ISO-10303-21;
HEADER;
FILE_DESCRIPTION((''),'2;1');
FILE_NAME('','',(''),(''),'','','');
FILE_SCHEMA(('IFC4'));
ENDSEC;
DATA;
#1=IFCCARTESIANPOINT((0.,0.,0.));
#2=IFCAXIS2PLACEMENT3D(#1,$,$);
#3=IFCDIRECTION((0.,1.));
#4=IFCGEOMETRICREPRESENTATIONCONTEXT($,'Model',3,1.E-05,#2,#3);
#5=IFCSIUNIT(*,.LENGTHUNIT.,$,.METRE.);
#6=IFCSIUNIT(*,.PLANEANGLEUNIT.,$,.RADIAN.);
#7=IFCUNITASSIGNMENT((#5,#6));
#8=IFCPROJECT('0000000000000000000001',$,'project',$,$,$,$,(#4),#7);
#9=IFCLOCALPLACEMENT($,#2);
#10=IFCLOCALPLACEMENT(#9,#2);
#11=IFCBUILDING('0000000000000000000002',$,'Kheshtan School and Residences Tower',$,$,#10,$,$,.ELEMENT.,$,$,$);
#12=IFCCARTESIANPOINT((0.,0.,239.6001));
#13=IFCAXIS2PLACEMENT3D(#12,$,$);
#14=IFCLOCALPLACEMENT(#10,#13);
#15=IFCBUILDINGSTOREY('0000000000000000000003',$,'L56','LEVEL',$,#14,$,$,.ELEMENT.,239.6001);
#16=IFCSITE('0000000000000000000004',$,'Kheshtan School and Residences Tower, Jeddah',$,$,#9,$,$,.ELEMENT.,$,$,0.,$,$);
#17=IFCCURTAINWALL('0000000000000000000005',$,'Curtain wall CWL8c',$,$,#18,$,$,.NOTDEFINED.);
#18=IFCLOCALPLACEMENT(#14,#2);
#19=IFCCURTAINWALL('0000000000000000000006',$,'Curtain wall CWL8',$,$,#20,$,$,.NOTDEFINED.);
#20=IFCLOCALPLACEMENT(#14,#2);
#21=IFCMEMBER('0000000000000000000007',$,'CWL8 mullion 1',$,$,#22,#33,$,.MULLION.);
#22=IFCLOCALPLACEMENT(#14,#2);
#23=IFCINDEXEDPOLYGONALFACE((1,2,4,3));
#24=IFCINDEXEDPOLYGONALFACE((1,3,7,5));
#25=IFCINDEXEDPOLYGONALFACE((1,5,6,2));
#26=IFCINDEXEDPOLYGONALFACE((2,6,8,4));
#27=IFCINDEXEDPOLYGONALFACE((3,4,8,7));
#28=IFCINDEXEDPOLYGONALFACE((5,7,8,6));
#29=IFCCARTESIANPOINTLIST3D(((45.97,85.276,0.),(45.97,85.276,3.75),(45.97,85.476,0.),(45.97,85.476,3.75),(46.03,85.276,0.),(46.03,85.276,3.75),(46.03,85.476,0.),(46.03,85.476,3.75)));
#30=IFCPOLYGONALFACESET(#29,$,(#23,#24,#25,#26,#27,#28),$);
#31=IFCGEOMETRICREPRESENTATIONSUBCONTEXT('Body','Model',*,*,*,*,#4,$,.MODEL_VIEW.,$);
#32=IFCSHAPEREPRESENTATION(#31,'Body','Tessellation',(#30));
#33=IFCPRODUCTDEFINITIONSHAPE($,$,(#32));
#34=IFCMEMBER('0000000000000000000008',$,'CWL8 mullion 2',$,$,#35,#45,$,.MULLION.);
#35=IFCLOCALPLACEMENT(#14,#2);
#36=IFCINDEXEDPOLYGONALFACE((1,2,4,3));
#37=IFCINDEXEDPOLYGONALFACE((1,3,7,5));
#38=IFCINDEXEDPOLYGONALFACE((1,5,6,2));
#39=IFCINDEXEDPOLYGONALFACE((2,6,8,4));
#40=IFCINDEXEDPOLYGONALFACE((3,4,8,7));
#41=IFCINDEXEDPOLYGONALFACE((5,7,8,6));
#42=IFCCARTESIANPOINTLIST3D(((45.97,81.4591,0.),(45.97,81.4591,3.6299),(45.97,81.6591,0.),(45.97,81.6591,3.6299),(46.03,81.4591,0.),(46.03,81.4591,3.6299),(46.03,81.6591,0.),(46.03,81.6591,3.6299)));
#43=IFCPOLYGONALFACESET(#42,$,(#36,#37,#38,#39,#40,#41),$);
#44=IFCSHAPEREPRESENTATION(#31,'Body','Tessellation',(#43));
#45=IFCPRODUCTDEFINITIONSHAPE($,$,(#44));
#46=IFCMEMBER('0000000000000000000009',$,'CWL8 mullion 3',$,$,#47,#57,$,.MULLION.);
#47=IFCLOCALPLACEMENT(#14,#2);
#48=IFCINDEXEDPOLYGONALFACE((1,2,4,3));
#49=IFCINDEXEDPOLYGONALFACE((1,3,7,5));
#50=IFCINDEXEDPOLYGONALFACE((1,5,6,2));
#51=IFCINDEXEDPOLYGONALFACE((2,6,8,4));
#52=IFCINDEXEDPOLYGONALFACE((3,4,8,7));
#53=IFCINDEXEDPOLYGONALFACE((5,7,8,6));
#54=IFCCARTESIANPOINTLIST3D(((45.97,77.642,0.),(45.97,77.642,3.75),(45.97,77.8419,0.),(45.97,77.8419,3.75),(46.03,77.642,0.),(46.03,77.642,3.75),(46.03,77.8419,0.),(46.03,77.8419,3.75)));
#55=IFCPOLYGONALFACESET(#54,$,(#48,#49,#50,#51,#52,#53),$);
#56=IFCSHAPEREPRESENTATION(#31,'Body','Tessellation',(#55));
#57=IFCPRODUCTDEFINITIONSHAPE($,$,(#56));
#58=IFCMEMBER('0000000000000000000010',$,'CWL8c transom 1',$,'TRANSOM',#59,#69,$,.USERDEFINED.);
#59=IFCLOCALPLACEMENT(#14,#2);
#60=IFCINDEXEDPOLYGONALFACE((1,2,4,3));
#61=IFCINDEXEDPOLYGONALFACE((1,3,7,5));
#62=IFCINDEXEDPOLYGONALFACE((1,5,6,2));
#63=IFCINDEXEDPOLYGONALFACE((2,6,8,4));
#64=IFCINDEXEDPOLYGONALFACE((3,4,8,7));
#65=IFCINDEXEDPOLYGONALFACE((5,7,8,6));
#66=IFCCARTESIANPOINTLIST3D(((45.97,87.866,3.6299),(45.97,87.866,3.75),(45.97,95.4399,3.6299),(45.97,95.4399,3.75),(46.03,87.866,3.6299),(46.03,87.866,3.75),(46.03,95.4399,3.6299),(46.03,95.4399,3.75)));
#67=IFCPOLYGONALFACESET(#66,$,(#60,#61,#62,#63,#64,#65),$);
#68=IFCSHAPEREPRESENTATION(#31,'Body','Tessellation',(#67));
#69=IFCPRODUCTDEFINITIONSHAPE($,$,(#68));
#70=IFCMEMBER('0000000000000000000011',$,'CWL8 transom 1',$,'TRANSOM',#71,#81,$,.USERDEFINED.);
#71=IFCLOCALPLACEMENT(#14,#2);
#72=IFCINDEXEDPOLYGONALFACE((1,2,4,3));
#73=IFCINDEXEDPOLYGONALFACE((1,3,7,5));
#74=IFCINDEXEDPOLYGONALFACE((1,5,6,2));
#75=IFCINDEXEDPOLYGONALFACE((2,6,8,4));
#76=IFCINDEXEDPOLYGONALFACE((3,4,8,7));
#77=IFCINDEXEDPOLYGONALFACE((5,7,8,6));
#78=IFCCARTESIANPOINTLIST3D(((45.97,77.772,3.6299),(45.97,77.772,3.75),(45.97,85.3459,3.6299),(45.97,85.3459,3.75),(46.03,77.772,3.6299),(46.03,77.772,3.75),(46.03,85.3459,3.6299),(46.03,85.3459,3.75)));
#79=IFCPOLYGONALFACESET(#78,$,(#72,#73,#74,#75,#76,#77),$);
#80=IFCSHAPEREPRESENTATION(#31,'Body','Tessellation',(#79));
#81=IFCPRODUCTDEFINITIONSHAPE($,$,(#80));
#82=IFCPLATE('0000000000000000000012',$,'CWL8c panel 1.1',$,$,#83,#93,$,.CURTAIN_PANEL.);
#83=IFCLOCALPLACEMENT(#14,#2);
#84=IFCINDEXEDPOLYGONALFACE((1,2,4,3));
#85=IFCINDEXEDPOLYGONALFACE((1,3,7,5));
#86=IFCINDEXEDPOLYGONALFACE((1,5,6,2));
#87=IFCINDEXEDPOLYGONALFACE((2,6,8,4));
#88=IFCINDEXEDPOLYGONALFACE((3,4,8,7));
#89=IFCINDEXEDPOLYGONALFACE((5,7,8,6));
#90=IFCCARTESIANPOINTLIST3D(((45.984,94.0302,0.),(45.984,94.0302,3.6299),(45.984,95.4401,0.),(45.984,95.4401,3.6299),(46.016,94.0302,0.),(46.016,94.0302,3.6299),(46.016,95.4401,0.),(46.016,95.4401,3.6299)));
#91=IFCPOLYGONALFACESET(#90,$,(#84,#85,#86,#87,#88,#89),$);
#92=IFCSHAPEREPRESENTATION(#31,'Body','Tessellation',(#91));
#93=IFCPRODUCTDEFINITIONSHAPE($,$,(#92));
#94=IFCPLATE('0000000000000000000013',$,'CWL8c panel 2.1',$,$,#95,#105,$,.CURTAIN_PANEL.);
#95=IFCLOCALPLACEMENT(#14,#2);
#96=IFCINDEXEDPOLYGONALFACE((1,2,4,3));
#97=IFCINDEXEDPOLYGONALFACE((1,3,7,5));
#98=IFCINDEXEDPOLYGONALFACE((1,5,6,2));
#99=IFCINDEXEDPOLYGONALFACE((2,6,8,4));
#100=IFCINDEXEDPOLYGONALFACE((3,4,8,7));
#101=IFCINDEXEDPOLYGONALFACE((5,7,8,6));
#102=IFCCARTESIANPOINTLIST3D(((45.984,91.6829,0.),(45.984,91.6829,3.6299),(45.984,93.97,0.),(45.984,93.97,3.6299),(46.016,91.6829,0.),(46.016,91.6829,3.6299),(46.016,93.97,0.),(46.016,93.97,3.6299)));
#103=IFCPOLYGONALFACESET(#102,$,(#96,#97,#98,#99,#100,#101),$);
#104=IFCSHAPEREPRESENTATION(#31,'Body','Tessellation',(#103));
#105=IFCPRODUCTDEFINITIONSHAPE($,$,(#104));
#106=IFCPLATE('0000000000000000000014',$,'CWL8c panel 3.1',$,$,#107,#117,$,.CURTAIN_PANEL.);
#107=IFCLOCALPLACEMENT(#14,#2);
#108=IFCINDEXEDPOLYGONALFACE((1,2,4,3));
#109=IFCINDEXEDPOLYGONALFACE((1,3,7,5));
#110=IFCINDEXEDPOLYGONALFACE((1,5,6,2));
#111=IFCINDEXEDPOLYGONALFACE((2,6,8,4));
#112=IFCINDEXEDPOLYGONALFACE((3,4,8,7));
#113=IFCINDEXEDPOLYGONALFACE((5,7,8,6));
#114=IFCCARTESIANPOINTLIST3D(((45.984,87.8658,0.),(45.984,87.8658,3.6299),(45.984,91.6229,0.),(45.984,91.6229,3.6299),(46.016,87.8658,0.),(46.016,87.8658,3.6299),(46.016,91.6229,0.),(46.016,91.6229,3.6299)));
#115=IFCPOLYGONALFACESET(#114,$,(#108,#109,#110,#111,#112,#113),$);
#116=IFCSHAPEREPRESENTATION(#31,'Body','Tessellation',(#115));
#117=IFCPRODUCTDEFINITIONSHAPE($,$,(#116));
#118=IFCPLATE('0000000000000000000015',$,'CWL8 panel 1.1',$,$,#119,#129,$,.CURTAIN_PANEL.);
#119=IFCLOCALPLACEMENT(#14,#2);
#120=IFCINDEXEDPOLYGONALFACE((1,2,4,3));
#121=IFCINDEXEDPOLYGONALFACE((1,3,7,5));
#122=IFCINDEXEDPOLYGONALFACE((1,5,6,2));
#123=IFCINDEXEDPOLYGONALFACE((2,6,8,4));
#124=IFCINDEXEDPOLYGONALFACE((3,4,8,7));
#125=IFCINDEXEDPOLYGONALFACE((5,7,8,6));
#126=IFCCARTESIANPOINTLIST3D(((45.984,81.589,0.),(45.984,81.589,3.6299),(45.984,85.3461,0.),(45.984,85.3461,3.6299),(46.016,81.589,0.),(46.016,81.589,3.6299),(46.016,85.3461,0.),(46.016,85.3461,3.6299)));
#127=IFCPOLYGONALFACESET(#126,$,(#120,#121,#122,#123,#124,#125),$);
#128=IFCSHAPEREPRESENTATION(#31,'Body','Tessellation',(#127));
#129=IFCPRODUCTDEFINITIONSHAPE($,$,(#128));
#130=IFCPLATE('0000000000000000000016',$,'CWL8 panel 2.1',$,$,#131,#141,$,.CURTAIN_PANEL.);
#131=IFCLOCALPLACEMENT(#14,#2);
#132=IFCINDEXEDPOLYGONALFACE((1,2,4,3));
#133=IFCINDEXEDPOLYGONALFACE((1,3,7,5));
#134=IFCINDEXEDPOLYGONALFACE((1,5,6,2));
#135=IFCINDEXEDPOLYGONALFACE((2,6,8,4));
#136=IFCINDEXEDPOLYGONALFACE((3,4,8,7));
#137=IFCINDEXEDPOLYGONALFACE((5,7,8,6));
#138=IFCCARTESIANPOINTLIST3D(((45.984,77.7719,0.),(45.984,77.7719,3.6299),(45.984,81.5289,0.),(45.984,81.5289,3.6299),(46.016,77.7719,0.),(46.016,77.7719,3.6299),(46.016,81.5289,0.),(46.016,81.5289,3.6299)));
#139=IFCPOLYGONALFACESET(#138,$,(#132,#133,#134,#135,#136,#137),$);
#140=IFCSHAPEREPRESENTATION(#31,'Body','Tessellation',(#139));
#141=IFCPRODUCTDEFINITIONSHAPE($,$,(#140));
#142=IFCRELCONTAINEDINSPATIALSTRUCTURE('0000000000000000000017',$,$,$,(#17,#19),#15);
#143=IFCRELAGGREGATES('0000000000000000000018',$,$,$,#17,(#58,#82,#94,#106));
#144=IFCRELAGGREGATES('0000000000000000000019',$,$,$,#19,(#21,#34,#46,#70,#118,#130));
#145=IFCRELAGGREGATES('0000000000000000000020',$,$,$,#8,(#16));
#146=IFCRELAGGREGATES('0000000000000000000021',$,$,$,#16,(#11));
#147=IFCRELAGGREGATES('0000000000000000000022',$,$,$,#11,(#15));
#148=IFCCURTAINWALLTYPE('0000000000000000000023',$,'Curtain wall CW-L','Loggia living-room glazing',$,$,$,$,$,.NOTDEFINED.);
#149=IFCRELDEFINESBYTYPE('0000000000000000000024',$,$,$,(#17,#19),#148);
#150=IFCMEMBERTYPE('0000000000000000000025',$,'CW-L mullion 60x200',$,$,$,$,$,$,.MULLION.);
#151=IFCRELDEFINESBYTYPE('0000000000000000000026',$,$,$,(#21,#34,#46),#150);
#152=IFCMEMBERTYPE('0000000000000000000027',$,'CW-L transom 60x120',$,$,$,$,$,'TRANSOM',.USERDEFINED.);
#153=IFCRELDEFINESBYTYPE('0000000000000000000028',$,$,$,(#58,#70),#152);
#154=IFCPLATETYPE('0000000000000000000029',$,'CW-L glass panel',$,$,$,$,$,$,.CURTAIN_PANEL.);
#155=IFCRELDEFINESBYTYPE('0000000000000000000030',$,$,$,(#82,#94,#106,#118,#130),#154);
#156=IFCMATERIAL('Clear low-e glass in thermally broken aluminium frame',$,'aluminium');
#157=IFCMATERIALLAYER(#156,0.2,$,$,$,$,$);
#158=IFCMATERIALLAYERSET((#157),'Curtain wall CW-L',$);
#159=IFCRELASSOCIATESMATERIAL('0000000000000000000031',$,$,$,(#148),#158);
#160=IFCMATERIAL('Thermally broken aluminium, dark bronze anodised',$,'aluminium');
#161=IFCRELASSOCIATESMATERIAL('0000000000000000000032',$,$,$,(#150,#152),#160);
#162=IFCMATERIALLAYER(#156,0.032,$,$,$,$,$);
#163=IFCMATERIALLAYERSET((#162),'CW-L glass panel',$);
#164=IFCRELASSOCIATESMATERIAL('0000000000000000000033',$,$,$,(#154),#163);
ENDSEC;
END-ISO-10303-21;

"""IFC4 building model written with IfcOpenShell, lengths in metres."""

from ifc_helpers import new_model, si_unit, direction, frame, origin, origin_2d, place, context, subcontext, project, spatial, rectangle, extrude, material, layer, layer_set, material_profile, profile_set, type_object, element, aggregate, save


model = new_model("IFC4")

# Units and contexts
model_context = context("Model", 3, precision=1e-05, world=origin(), true_north=direction((0.0, 1.0)))
body_context = subcontext(model_context, "Body", "Model", "MODEL_VIEW")
ifc_project = project(units=[si_unit("LENGTHUNIT", "METRE"), si_unit("PLANEANGLEUNIT", "RADIAN")], contexts=[model_context])

# Site, building, storey
site_placement = place(None, origin())
site = spatial("IfcSite", under=ifc_project, at=site_placement, Name="Kheshtan School and Residences Tower, Jeddah", CompositionType="ELEMENT", RefElevation=0.0)
building_placement = place(site_placement, origin())
building = spatial("IfcBuilding", under=site, at=building_placement, Name="Kheshtan School and Residences Tower", CompositionType="ELEMENT")
storey_placement = place(building_placement, frame((0.0, 0.0, 239.6001)))
storey = spatial("IfcBuildingStorey", under=building, at=storey_placement, Name="L56", Description="LEVEL", CompositionType="ELEMENT", Elevation=239.6001)

# Curtain walls, members
ifc_material_1 = material(Name="Clear low-e glass in thermally broken aluminium frame", Category="aluminium")
ifc_layer_1 = layer(ifc_material_1, 0.2)
ifc_layer_set_1 = layer_set([ifc_layer_1], Name="Curtain wall CW-L")
curtain_wall_type = type_object("IfcCurtainWallType", Name="Curtain wall CW-L", Description="Loggia living-room glazing", PredefinedType="NOTDEFINED", material=ifc_layer_set_1)
curtain_wall_1_placement = place(storey_placement, origin())
curtain_wall_1 = element("IfcCurtainWall", 1, at=curtain_wall_1_placement, inside=storey, type_object=curtain_wall_type, Name="Curtain wall CWL8c", PredefinedType="NOTDEFINED")
ifc_material_2 = material(Name="Thermally broken aluminium, dark bronze anodised", Category="aluminium")
ifc_material_profile_1 = material_profile(ifc_material_2, rectangle(XDim=0.0601, YDim=0.2, at=origin_2d()), Name="CW-L mullion 60x200")
ifc_profile_set_1 = profile_set([ifc_material_profile_1], Name="Thermally broken aluminium, dark bronze anodised")
member_type_1 = type_object("IfcMemberType", Name="CW-L mullion 60x200", PredefinedType="MULLION", material=ifc_profile_set_1)
curtain_wall_2_placement = place(storey_placement, origin())
curtain_wall_2 = element("IfcCurtainWall", 2, at=curtain_wall_2_placement, inside=storey, type_object=curtain_wall_type, Name="Curtain wall CWL8", PredefinedType="NOTDEFINED")
member_1_placement = place(storey_placement, frame((46.0, 85.376, 0.0), z_axis=(0.0, 0.0, 1.0), x_axis=(1.0, 0.0, 0.0)))
member_1 = element("IfcMember", 3, at=member_1_placement, type_object=member_type_1, Name="CWL8 mullion 1", PredefinedType="MULLION", context=body_context, shape_type="SweptSolid", body=[
    extrude(rectangle(XDim=0.0601, YDim=0.2, at=origin_2d()), origin(), (0.0, 0.0, 1.0), 3.75),
])
member_2_placement = place(storey_placement, frame((46.0, 81.5591, 0.0), z_axis=(0.0, 0.0, 1.0), x_axis=(1.0, 0.0, 0.0)))
member_2 = element("IfcMember", 4, at=member_2_placement, type_object=member_type_1, Name="CWL8 mullion 2", PredefinedType="MULLION", context=body_context, shape_type="SweptSolid", body=[
    extrude(rectangle(XDim=0.0601, YDim=0.2, at=origin_2d()), origin(), (0.0, 0.0, 1.0), 3.6299),
])
member_3_placement = place(storey_placement, frame((46.0, 77.7419, 0.0), z_axis=(0.0, 0.0, 1.0), x_axis=(1.0, 0.0, 0.0)))
member_3 = element("IfcMember", 5, at=member_3_placement, type_object=member_type_1, Name="CWL8 mullion 3", PredefinedType="MULLION", context=body_context, shape_type="SweptSolid", body=[
    extrude(rectangle(XDim=0.0601, YDim=0.2, at=origin_2d()), origin(), (0.0, 0.0, 1.0), 3.75),
])

# Members
ifc_material_profile_2 = material_profile(ifc_material_2, rectangle(XDim=0.0601, YDim=0.1201, at=origin_2d()), Name="CW-L transom 60x120")
ifc_profile_set_2 = profile_set([ifc_material_profile_2], Name="Thermally broken aluminium, dark bronze anodised")
member_type_2 = type_object("IfcMemberType", Name="CW-L transom 60x120", ElementType="TRANSOM", PredefinedType="USERDEFINED", material=ifc_profile_set_2)
member_4_placement = place(storey_placement, frame((46.0, 95.4399, 3.6899), z_axis=(0.0, -1.0, 0.0), x_axis=(1.0, 0.0, 0.0)))
member_4 = element("IfcMember", 6, at=member_4_placement, type_object=member_type_2, Name="CWL8c transom 1", ObjectType="TRANSOM", PredefinedType="USERDEFINED", context=body_context, shape_type="SweptSolid", body=[
    extrude(rectangle(XDim=0.0601, YDim=0.1201, at=origin_2d()), origin(), (0.0, 0.0, 1.0), 7.574),
])
member_5_placement = place(storey_placement, frame((46.0, 85.3459, 3.6899), z_axis=(0.0, -1.0, 0.0), x_axis=(1.0, 0.0, 0.0)))
member_5 = element("IfcMember", 7, at=member_5_placement, type_object=member_type_2, Name="CWL8 transom 1", ObjectType="TRANSOM", PredefinedType="USERDEFINED", context=body_context, shape_type="SweptSolid", body=[
    extrude(rectangle(XDim=0.0601, YDim=0.1201, at=origin_2d()), origin(), (0.0, 0.0, 1.0), 7.574),
])

# Plates
ifc_layer_2 = layer(ifc_material_1, 0.032)
ifc_layer_set_2 = layer_set([ifc_layer_2], Name="CW-L glass panel")
plate_type = type_object("IfcPlateType", Name="CW-L glass panel", PredefinedType="CURTAIN_PANEL", material=ifc_layer_set_2)
plate_1_placement = place(storey_placement, frame((46.0, 94.7351, 0.0), z_axis=(0.0, 0.0, 1.0), x_axis=(0.0, -1.0, 0.0)))
plate_1 = element("IfcPlate", 8, at=plate_1_placement, type_object=plate_type, Name="CWL8c panel 1.1", PredefinedType="CURTAIN_PANEL", context=body_context, shape_type="SweptSolid", body=[
    extrude(rectangle(XDim=1.4099, YDim=0.032, at=origin_2d()), origin(), (0.0, 0.0, 1.0), 3.6299),
])
plate_2_placement = place(storey_placement, frame((46.0, 92.8264, 0.0), z_axis=(0.0, 0.0, 1.0), x_axis=(0.0, -1.0, 0.0)))
plate_2 = element("IfcPlate", 9, at=plate_2_placement, type_object=plate_type, Name="CWL8c panel 2.1", PredefinedType="CURTAIN_PANEL", context=body_context, shape_type="SweptSolid", body=[
    extrude(rectangle(XDim=2.2871, YDim=0.032, at=origin_2d()), origin(), (0.0, 0.0, 1.0), 3.6299),
])
plate_3_placement = place(storey_placement, frame((46.0, 89.7444, 0.0), z_axis=(0.0, 0.0, 1.0), x_axis=(0.0, -1.0, 0.0)))
plate_3 = element("IfcPlate", 10, at=plate_3_placement, type_object=plate_type, Name="CWL8c panel 3.1", PredefinedType="CURTAIN_PANEL", context=body_context, shape_type="SweptSolid", body=[
    extrude(rectangle(XDim=3.7571, YDim=0.032, at=origin_2d()), origin(), (0.0, 0.0, 1.0), 3.6299),
])
aggregate(curtain_wall_1, [member_4, plate_1, plate_2, plate_3])
plate_4_placement = place(storey_placement, frame((46.0, 83.4675, 0.0), z_axis=(0.0, 0.0, 1.0), x_axis=(0.0, -1.0, 0.0)))
plate_4 = element("IfcPlate", 11, at=plate_4_placement, type_object=plate_type, Name="CWL8 panel 1.1", PredefinedType="CURTAIN_PANEL", context=body_context, shape_type="SweptSolid", body=[
    extrude(rectangle(XDim=3.7571, YDim=0.032, at=origin_2d()), origin(), (0.0, 0.0, 1.0), 3.6299),
])
plate_5_placement = place(storey_placement, frame((46.0, 79.6504, 0.0), z_axis=(0.0, 0.0, 1.0), x_axis=(0.0, -1.0, 0.0)))
plate_5 = element("IfcPlate", 12, at=plate_5_placement, type_object=plate_type, Name="CWL8 panel 2.1", PredefinedType="CURTAIN_PANEL", context=body_context, shape_type="SweptSolid", body=[
    extrude(rectangle(XDim=3.7571, YDim=0.032, at=origin_2d()), origin(), (0.0, 0.0, 1.0), 3.6299),
])
aggregate(curtain_wall_2, [member_1, member_2, member_3, member_5, plate_4, plate_5])

save(model, "model.ifc")
